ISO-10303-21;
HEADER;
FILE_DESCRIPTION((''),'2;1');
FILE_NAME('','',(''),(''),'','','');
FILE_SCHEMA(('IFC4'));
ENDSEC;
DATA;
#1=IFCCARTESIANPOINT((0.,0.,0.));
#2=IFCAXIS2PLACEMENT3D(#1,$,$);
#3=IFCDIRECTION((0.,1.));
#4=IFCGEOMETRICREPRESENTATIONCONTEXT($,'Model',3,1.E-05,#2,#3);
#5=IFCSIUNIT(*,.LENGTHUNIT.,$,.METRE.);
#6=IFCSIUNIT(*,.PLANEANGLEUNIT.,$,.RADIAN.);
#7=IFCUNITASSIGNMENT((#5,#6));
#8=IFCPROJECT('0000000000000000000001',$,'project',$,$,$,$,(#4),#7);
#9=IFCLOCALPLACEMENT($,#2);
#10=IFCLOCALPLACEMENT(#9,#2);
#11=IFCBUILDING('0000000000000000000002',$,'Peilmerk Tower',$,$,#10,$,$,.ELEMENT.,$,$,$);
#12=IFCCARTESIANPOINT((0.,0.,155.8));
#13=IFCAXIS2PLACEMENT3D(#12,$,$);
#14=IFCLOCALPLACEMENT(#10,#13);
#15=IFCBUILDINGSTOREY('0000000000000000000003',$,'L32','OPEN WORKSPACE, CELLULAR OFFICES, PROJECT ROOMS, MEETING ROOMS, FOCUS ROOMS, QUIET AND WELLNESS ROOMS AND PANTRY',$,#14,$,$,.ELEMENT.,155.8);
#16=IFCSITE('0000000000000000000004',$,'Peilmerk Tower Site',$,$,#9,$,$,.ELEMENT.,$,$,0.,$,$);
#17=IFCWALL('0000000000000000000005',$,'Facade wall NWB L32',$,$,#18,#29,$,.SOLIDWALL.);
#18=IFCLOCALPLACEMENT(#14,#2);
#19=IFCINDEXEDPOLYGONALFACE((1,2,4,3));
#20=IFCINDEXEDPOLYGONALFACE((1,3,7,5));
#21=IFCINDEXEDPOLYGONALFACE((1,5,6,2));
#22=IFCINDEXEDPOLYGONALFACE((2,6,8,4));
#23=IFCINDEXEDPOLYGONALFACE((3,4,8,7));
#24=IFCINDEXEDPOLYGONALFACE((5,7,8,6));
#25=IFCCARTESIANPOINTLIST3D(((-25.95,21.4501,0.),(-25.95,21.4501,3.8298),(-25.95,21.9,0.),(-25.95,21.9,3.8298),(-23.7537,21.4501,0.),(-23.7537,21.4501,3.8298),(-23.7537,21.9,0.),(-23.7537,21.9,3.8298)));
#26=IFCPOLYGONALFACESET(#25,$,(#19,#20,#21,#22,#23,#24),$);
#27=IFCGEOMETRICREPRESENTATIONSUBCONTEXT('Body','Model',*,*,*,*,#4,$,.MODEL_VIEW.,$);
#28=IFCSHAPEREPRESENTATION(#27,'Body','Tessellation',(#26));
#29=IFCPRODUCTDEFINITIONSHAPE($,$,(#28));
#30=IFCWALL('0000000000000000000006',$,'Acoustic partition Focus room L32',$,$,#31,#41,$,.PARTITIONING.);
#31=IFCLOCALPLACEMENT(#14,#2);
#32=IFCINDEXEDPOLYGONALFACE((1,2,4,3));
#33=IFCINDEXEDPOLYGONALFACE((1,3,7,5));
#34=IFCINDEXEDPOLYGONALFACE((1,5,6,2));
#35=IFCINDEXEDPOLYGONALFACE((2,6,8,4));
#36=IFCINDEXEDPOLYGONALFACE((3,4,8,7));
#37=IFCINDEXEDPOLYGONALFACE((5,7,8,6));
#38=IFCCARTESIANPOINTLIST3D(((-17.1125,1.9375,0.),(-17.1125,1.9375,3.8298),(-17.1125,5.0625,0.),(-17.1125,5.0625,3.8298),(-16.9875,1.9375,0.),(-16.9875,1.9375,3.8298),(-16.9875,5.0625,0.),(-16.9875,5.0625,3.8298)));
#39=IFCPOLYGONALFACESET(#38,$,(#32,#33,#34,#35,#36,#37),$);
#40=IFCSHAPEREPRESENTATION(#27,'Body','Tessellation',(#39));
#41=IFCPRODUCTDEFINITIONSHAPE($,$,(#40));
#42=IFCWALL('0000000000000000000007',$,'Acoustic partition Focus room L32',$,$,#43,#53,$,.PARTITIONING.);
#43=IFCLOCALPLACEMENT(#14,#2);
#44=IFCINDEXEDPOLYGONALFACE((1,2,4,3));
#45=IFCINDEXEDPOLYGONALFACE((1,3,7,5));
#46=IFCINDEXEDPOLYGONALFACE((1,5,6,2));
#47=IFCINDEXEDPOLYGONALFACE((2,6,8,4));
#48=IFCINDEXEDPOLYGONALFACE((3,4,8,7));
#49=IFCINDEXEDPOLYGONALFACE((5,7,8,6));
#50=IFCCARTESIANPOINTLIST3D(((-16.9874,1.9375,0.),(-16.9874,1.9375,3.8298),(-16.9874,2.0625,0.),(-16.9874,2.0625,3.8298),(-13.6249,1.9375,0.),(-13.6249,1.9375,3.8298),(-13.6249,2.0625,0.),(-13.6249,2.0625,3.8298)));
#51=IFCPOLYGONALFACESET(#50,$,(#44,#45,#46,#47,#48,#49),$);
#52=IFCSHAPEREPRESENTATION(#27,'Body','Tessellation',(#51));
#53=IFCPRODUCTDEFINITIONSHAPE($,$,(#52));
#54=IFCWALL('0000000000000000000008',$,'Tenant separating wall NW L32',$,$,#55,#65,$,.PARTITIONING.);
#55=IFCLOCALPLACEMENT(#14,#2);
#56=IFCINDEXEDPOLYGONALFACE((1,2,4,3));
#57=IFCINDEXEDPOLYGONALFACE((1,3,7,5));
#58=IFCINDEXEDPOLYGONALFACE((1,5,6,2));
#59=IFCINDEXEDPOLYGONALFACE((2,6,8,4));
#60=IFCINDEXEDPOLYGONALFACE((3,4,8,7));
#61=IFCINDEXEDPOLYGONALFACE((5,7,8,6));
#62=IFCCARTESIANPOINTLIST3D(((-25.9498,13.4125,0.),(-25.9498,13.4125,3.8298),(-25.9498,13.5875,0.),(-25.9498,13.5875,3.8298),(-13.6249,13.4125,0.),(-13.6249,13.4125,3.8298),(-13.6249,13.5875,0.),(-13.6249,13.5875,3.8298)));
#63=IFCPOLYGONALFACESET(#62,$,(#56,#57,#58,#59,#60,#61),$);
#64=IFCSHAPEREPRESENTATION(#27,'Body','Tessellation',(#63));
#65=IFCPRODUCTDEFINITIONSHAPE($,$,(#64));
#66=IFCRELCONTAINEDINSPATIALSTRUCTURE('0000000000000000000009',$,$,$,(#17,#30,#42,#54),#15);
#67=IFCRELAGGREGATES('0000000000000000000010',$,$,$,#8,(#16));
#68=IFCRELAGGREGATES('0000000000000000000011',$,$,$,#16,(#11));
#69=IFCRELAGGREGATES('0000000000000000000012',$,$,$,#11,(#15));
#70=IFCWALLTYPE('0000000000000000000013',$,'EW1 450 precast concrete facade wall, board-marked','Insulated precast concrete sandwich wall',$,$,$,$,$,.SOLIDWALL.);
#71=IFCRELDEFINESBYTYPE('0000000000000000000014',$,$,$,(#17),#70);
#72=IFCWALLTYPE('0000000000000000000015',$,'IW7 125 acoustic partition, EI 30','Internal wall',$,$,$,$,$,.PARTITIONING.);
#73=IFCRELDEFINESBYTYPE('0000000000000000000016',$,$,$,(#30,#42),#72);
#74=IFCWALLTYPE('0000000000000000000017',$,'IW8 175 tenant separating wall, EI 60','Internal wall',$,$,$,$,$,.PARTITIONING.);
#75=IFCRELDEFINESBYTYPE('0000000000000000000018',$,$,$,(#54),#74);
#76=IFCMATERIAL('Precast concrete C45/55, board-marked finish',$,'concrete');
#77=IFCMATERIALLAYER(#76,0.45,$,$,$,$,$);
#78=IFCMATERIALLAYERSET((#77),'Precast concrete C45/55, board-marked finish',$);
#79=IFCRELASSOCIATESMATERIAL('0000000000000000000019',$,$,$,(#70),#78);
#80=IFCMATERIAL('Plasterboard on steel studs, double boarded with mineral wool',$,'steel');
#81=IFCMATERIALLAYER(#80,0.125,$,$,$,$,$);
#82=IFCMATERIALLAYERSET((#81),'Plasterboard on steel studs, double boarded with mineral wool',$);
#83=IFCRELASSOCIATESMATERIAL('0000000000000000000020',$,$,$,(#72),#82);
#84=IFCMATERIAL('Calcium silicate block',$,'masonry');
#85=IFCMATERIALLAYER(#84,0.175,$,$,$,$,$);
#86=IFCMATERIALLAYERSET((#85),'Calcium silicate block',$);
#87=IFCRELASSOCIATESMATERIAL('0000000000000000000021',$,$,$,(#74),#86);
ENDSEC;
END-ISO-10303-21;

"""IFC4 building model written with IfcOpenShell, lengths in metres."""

from ifc_helpers import new_model, si_unit, direction, frame, frame_2d, origin, place, context, subcontext, project, spatial, rectangle, extrude, material, layer, layer_set, type_object, element, save


model = new_model("IFC4")

# Units and contexts
model_context = context("Model", 3, precision=1e-05, world=origin(), true_north=direction((0.0, 1.0)))
body_context = subcontext(model_context, "Body", "Model", "MODEL_VIEW")
ifc_project = project(units=[si_unit("LENGTHUNIT", "METRE"), si_unit("PLANEANGLEUNIT", "RADIAN")], contexts=[model_context])

# Site, building, storey
site_placement = place(None, origin())
site = spatial("IfcSite", under=ifc_project, at=site_placement, Name="Peilmerk Tower Site", CompositionType="ELEMENT", RefElevation=0.0)
building_placement = place(site_placement, origin())
building = spatial("IfcBuilding", under=site, at=building_placement, Name="Peilmerk Tower", CompositionType="ELEMENT")
storey_placement = place(building_placement, frame((0.0, 0.0, 155.8)))
storey = spatial("IfcBuildingStorey", under=building, at=storey_placement, Name="L32", Description="OPEN WORKSPACE, CELLULAR OFFICES, PROJECT ROOMS, MEETING ROOMS, FOCUS ROOMS, QUIET AND WELLNESS ROOMS AND PANTRY", CompositionType="ELEMENT", Elevation=155.8)

# Walls
ifc_material_1 = material(Name="Precast concrete C45/55, board-marked finish", Category="concrete")
ifc_layer_1 = layer(ifc_material_1, 0.45)
ifc_layer_set_1 = layer_set([ifc_layer_1], Name="Precast concrete C45/55, board-marked finish")
wall_type_1 = type_object("IfcWallType", Name="EW1 450 precast concrete facade wall, board-marked", Description="Insulated precast concrete sandwich wall", PredefinedType="SOLIDWALL", material=ifc_layer_set_1)
wall_1_placement = place(storey_placement, frame((-23.7537, 21.675, 0.0), z_axis=(0.0, 0.0, 1.0), x_axis=(-1.0, 0.0, 0.0)))
element("IfcWall", 1, at=wall_1_placement, inside=storey, type_object=wall_type_1, Name="Facade wall NWB L32", PredefinedType="SOLIDWALL", context=body_context, shape_type="SweptSolid", body=[
    extrude(rectangle(XDim=2.1963, YDim=0.45, at=frame_2d((1.0981, 0.0))), origin(), (0.0, 0.0, 1.0), 3.8298),
])
ifc_material_2 = material(Name="Plasterboard on steel studs, double boarded with mineral wool", Category="steel")
ifc_layer_2 = layer(ifc_material_2, 0.125)
ifc_layer_set_2 = layer_set([ifc_layer_2], Name="Plasterboard on steel studs, double boarded with mineral wool")
wall_type_2 = type_object("IfcWallType", Name="IW7 125 acoustic partition, EI 30", Description="Internal wall", PredefinedType="PARTITIONING", material=ifc_layer_set_2)
wall_2_placement = place(storey_placement, frame((-17.05, 1.9375, 0.0), z_axis=(0.0, 0.0, 1.0), x_axis=(0.0, 1.0, 0.0)))
element("IfcWall", 2, at=wall_2_placement, inside=storey, type_object=wall_type_2, Name="Acoustic partition Focus room L32", PredefinedType="PARTITIONING", context=body_context, shape_type="SweptSolid", body=[
    extrude(rectangle(XDim=3.125, YDim=0.125, at=frame_2d((1.5625, 0.0))), origin(), (0.0, 0.0, 1.0), 3.8298),
])
wall_3_placement = place(storey_placement, frame((-13.625, 2.0, 0.0), z_axis=(0.0, 0.0, 1.0), x_axis=(-1.0, 0.0, 0.0)))
element("IfcWall", 3, at=wall_3_placement, inside=storey, type_object=wall_type_2, Name="Acoustic partition Focus room L32", PredefinedType="PARTITIONING", context=body_context, shape_type="SweptSolid", body=[
    extrude(rectangle(XDim=3.3625, YDim=0.125, at=frame_2d((1.6812, 0.0))), origin(), (0.0, 0.0, 1.0), 3.8298),
])
ifc_material_3 = material(Name="Calcium silicate block", Category="masonry")
ifc_layer_3 = layer(ifc_material_3, 0.175)
ifc_layer_set_3 = layer_set([ifc_layer_3], Name="Calcium silicate block")
wall_type_3 = type_object("IfcWallType", Name="IW8 175 tenant separating wall, EI 60", Description="Internal wall", PredefinedType="PARTITIONING", material=ifc_layer_set_3)
wall_4_placement = place(storey_placement, frame((-25.95, 13.5, 0.0), z_axis=(0.0, 0.0, 1.0), x_axis=(1.0, 0.0, 0.0)))
element("IfcWall", 4, at=wall_4_placement, inside=storey, type_object=wall_type_3, Name="Tenant separating wall NW L32", PredefinedType="PARTITIONING", context=body_context, shape_type="SweptSolid", body=[
    extrude(rectangle(XDim=12.325, YDim=0.175, at=frame_2d((6.1626, 0.0))), origin(), (0.0, 0.0, 1.0), 3.8298),
])

save(model, "model.ifc")
